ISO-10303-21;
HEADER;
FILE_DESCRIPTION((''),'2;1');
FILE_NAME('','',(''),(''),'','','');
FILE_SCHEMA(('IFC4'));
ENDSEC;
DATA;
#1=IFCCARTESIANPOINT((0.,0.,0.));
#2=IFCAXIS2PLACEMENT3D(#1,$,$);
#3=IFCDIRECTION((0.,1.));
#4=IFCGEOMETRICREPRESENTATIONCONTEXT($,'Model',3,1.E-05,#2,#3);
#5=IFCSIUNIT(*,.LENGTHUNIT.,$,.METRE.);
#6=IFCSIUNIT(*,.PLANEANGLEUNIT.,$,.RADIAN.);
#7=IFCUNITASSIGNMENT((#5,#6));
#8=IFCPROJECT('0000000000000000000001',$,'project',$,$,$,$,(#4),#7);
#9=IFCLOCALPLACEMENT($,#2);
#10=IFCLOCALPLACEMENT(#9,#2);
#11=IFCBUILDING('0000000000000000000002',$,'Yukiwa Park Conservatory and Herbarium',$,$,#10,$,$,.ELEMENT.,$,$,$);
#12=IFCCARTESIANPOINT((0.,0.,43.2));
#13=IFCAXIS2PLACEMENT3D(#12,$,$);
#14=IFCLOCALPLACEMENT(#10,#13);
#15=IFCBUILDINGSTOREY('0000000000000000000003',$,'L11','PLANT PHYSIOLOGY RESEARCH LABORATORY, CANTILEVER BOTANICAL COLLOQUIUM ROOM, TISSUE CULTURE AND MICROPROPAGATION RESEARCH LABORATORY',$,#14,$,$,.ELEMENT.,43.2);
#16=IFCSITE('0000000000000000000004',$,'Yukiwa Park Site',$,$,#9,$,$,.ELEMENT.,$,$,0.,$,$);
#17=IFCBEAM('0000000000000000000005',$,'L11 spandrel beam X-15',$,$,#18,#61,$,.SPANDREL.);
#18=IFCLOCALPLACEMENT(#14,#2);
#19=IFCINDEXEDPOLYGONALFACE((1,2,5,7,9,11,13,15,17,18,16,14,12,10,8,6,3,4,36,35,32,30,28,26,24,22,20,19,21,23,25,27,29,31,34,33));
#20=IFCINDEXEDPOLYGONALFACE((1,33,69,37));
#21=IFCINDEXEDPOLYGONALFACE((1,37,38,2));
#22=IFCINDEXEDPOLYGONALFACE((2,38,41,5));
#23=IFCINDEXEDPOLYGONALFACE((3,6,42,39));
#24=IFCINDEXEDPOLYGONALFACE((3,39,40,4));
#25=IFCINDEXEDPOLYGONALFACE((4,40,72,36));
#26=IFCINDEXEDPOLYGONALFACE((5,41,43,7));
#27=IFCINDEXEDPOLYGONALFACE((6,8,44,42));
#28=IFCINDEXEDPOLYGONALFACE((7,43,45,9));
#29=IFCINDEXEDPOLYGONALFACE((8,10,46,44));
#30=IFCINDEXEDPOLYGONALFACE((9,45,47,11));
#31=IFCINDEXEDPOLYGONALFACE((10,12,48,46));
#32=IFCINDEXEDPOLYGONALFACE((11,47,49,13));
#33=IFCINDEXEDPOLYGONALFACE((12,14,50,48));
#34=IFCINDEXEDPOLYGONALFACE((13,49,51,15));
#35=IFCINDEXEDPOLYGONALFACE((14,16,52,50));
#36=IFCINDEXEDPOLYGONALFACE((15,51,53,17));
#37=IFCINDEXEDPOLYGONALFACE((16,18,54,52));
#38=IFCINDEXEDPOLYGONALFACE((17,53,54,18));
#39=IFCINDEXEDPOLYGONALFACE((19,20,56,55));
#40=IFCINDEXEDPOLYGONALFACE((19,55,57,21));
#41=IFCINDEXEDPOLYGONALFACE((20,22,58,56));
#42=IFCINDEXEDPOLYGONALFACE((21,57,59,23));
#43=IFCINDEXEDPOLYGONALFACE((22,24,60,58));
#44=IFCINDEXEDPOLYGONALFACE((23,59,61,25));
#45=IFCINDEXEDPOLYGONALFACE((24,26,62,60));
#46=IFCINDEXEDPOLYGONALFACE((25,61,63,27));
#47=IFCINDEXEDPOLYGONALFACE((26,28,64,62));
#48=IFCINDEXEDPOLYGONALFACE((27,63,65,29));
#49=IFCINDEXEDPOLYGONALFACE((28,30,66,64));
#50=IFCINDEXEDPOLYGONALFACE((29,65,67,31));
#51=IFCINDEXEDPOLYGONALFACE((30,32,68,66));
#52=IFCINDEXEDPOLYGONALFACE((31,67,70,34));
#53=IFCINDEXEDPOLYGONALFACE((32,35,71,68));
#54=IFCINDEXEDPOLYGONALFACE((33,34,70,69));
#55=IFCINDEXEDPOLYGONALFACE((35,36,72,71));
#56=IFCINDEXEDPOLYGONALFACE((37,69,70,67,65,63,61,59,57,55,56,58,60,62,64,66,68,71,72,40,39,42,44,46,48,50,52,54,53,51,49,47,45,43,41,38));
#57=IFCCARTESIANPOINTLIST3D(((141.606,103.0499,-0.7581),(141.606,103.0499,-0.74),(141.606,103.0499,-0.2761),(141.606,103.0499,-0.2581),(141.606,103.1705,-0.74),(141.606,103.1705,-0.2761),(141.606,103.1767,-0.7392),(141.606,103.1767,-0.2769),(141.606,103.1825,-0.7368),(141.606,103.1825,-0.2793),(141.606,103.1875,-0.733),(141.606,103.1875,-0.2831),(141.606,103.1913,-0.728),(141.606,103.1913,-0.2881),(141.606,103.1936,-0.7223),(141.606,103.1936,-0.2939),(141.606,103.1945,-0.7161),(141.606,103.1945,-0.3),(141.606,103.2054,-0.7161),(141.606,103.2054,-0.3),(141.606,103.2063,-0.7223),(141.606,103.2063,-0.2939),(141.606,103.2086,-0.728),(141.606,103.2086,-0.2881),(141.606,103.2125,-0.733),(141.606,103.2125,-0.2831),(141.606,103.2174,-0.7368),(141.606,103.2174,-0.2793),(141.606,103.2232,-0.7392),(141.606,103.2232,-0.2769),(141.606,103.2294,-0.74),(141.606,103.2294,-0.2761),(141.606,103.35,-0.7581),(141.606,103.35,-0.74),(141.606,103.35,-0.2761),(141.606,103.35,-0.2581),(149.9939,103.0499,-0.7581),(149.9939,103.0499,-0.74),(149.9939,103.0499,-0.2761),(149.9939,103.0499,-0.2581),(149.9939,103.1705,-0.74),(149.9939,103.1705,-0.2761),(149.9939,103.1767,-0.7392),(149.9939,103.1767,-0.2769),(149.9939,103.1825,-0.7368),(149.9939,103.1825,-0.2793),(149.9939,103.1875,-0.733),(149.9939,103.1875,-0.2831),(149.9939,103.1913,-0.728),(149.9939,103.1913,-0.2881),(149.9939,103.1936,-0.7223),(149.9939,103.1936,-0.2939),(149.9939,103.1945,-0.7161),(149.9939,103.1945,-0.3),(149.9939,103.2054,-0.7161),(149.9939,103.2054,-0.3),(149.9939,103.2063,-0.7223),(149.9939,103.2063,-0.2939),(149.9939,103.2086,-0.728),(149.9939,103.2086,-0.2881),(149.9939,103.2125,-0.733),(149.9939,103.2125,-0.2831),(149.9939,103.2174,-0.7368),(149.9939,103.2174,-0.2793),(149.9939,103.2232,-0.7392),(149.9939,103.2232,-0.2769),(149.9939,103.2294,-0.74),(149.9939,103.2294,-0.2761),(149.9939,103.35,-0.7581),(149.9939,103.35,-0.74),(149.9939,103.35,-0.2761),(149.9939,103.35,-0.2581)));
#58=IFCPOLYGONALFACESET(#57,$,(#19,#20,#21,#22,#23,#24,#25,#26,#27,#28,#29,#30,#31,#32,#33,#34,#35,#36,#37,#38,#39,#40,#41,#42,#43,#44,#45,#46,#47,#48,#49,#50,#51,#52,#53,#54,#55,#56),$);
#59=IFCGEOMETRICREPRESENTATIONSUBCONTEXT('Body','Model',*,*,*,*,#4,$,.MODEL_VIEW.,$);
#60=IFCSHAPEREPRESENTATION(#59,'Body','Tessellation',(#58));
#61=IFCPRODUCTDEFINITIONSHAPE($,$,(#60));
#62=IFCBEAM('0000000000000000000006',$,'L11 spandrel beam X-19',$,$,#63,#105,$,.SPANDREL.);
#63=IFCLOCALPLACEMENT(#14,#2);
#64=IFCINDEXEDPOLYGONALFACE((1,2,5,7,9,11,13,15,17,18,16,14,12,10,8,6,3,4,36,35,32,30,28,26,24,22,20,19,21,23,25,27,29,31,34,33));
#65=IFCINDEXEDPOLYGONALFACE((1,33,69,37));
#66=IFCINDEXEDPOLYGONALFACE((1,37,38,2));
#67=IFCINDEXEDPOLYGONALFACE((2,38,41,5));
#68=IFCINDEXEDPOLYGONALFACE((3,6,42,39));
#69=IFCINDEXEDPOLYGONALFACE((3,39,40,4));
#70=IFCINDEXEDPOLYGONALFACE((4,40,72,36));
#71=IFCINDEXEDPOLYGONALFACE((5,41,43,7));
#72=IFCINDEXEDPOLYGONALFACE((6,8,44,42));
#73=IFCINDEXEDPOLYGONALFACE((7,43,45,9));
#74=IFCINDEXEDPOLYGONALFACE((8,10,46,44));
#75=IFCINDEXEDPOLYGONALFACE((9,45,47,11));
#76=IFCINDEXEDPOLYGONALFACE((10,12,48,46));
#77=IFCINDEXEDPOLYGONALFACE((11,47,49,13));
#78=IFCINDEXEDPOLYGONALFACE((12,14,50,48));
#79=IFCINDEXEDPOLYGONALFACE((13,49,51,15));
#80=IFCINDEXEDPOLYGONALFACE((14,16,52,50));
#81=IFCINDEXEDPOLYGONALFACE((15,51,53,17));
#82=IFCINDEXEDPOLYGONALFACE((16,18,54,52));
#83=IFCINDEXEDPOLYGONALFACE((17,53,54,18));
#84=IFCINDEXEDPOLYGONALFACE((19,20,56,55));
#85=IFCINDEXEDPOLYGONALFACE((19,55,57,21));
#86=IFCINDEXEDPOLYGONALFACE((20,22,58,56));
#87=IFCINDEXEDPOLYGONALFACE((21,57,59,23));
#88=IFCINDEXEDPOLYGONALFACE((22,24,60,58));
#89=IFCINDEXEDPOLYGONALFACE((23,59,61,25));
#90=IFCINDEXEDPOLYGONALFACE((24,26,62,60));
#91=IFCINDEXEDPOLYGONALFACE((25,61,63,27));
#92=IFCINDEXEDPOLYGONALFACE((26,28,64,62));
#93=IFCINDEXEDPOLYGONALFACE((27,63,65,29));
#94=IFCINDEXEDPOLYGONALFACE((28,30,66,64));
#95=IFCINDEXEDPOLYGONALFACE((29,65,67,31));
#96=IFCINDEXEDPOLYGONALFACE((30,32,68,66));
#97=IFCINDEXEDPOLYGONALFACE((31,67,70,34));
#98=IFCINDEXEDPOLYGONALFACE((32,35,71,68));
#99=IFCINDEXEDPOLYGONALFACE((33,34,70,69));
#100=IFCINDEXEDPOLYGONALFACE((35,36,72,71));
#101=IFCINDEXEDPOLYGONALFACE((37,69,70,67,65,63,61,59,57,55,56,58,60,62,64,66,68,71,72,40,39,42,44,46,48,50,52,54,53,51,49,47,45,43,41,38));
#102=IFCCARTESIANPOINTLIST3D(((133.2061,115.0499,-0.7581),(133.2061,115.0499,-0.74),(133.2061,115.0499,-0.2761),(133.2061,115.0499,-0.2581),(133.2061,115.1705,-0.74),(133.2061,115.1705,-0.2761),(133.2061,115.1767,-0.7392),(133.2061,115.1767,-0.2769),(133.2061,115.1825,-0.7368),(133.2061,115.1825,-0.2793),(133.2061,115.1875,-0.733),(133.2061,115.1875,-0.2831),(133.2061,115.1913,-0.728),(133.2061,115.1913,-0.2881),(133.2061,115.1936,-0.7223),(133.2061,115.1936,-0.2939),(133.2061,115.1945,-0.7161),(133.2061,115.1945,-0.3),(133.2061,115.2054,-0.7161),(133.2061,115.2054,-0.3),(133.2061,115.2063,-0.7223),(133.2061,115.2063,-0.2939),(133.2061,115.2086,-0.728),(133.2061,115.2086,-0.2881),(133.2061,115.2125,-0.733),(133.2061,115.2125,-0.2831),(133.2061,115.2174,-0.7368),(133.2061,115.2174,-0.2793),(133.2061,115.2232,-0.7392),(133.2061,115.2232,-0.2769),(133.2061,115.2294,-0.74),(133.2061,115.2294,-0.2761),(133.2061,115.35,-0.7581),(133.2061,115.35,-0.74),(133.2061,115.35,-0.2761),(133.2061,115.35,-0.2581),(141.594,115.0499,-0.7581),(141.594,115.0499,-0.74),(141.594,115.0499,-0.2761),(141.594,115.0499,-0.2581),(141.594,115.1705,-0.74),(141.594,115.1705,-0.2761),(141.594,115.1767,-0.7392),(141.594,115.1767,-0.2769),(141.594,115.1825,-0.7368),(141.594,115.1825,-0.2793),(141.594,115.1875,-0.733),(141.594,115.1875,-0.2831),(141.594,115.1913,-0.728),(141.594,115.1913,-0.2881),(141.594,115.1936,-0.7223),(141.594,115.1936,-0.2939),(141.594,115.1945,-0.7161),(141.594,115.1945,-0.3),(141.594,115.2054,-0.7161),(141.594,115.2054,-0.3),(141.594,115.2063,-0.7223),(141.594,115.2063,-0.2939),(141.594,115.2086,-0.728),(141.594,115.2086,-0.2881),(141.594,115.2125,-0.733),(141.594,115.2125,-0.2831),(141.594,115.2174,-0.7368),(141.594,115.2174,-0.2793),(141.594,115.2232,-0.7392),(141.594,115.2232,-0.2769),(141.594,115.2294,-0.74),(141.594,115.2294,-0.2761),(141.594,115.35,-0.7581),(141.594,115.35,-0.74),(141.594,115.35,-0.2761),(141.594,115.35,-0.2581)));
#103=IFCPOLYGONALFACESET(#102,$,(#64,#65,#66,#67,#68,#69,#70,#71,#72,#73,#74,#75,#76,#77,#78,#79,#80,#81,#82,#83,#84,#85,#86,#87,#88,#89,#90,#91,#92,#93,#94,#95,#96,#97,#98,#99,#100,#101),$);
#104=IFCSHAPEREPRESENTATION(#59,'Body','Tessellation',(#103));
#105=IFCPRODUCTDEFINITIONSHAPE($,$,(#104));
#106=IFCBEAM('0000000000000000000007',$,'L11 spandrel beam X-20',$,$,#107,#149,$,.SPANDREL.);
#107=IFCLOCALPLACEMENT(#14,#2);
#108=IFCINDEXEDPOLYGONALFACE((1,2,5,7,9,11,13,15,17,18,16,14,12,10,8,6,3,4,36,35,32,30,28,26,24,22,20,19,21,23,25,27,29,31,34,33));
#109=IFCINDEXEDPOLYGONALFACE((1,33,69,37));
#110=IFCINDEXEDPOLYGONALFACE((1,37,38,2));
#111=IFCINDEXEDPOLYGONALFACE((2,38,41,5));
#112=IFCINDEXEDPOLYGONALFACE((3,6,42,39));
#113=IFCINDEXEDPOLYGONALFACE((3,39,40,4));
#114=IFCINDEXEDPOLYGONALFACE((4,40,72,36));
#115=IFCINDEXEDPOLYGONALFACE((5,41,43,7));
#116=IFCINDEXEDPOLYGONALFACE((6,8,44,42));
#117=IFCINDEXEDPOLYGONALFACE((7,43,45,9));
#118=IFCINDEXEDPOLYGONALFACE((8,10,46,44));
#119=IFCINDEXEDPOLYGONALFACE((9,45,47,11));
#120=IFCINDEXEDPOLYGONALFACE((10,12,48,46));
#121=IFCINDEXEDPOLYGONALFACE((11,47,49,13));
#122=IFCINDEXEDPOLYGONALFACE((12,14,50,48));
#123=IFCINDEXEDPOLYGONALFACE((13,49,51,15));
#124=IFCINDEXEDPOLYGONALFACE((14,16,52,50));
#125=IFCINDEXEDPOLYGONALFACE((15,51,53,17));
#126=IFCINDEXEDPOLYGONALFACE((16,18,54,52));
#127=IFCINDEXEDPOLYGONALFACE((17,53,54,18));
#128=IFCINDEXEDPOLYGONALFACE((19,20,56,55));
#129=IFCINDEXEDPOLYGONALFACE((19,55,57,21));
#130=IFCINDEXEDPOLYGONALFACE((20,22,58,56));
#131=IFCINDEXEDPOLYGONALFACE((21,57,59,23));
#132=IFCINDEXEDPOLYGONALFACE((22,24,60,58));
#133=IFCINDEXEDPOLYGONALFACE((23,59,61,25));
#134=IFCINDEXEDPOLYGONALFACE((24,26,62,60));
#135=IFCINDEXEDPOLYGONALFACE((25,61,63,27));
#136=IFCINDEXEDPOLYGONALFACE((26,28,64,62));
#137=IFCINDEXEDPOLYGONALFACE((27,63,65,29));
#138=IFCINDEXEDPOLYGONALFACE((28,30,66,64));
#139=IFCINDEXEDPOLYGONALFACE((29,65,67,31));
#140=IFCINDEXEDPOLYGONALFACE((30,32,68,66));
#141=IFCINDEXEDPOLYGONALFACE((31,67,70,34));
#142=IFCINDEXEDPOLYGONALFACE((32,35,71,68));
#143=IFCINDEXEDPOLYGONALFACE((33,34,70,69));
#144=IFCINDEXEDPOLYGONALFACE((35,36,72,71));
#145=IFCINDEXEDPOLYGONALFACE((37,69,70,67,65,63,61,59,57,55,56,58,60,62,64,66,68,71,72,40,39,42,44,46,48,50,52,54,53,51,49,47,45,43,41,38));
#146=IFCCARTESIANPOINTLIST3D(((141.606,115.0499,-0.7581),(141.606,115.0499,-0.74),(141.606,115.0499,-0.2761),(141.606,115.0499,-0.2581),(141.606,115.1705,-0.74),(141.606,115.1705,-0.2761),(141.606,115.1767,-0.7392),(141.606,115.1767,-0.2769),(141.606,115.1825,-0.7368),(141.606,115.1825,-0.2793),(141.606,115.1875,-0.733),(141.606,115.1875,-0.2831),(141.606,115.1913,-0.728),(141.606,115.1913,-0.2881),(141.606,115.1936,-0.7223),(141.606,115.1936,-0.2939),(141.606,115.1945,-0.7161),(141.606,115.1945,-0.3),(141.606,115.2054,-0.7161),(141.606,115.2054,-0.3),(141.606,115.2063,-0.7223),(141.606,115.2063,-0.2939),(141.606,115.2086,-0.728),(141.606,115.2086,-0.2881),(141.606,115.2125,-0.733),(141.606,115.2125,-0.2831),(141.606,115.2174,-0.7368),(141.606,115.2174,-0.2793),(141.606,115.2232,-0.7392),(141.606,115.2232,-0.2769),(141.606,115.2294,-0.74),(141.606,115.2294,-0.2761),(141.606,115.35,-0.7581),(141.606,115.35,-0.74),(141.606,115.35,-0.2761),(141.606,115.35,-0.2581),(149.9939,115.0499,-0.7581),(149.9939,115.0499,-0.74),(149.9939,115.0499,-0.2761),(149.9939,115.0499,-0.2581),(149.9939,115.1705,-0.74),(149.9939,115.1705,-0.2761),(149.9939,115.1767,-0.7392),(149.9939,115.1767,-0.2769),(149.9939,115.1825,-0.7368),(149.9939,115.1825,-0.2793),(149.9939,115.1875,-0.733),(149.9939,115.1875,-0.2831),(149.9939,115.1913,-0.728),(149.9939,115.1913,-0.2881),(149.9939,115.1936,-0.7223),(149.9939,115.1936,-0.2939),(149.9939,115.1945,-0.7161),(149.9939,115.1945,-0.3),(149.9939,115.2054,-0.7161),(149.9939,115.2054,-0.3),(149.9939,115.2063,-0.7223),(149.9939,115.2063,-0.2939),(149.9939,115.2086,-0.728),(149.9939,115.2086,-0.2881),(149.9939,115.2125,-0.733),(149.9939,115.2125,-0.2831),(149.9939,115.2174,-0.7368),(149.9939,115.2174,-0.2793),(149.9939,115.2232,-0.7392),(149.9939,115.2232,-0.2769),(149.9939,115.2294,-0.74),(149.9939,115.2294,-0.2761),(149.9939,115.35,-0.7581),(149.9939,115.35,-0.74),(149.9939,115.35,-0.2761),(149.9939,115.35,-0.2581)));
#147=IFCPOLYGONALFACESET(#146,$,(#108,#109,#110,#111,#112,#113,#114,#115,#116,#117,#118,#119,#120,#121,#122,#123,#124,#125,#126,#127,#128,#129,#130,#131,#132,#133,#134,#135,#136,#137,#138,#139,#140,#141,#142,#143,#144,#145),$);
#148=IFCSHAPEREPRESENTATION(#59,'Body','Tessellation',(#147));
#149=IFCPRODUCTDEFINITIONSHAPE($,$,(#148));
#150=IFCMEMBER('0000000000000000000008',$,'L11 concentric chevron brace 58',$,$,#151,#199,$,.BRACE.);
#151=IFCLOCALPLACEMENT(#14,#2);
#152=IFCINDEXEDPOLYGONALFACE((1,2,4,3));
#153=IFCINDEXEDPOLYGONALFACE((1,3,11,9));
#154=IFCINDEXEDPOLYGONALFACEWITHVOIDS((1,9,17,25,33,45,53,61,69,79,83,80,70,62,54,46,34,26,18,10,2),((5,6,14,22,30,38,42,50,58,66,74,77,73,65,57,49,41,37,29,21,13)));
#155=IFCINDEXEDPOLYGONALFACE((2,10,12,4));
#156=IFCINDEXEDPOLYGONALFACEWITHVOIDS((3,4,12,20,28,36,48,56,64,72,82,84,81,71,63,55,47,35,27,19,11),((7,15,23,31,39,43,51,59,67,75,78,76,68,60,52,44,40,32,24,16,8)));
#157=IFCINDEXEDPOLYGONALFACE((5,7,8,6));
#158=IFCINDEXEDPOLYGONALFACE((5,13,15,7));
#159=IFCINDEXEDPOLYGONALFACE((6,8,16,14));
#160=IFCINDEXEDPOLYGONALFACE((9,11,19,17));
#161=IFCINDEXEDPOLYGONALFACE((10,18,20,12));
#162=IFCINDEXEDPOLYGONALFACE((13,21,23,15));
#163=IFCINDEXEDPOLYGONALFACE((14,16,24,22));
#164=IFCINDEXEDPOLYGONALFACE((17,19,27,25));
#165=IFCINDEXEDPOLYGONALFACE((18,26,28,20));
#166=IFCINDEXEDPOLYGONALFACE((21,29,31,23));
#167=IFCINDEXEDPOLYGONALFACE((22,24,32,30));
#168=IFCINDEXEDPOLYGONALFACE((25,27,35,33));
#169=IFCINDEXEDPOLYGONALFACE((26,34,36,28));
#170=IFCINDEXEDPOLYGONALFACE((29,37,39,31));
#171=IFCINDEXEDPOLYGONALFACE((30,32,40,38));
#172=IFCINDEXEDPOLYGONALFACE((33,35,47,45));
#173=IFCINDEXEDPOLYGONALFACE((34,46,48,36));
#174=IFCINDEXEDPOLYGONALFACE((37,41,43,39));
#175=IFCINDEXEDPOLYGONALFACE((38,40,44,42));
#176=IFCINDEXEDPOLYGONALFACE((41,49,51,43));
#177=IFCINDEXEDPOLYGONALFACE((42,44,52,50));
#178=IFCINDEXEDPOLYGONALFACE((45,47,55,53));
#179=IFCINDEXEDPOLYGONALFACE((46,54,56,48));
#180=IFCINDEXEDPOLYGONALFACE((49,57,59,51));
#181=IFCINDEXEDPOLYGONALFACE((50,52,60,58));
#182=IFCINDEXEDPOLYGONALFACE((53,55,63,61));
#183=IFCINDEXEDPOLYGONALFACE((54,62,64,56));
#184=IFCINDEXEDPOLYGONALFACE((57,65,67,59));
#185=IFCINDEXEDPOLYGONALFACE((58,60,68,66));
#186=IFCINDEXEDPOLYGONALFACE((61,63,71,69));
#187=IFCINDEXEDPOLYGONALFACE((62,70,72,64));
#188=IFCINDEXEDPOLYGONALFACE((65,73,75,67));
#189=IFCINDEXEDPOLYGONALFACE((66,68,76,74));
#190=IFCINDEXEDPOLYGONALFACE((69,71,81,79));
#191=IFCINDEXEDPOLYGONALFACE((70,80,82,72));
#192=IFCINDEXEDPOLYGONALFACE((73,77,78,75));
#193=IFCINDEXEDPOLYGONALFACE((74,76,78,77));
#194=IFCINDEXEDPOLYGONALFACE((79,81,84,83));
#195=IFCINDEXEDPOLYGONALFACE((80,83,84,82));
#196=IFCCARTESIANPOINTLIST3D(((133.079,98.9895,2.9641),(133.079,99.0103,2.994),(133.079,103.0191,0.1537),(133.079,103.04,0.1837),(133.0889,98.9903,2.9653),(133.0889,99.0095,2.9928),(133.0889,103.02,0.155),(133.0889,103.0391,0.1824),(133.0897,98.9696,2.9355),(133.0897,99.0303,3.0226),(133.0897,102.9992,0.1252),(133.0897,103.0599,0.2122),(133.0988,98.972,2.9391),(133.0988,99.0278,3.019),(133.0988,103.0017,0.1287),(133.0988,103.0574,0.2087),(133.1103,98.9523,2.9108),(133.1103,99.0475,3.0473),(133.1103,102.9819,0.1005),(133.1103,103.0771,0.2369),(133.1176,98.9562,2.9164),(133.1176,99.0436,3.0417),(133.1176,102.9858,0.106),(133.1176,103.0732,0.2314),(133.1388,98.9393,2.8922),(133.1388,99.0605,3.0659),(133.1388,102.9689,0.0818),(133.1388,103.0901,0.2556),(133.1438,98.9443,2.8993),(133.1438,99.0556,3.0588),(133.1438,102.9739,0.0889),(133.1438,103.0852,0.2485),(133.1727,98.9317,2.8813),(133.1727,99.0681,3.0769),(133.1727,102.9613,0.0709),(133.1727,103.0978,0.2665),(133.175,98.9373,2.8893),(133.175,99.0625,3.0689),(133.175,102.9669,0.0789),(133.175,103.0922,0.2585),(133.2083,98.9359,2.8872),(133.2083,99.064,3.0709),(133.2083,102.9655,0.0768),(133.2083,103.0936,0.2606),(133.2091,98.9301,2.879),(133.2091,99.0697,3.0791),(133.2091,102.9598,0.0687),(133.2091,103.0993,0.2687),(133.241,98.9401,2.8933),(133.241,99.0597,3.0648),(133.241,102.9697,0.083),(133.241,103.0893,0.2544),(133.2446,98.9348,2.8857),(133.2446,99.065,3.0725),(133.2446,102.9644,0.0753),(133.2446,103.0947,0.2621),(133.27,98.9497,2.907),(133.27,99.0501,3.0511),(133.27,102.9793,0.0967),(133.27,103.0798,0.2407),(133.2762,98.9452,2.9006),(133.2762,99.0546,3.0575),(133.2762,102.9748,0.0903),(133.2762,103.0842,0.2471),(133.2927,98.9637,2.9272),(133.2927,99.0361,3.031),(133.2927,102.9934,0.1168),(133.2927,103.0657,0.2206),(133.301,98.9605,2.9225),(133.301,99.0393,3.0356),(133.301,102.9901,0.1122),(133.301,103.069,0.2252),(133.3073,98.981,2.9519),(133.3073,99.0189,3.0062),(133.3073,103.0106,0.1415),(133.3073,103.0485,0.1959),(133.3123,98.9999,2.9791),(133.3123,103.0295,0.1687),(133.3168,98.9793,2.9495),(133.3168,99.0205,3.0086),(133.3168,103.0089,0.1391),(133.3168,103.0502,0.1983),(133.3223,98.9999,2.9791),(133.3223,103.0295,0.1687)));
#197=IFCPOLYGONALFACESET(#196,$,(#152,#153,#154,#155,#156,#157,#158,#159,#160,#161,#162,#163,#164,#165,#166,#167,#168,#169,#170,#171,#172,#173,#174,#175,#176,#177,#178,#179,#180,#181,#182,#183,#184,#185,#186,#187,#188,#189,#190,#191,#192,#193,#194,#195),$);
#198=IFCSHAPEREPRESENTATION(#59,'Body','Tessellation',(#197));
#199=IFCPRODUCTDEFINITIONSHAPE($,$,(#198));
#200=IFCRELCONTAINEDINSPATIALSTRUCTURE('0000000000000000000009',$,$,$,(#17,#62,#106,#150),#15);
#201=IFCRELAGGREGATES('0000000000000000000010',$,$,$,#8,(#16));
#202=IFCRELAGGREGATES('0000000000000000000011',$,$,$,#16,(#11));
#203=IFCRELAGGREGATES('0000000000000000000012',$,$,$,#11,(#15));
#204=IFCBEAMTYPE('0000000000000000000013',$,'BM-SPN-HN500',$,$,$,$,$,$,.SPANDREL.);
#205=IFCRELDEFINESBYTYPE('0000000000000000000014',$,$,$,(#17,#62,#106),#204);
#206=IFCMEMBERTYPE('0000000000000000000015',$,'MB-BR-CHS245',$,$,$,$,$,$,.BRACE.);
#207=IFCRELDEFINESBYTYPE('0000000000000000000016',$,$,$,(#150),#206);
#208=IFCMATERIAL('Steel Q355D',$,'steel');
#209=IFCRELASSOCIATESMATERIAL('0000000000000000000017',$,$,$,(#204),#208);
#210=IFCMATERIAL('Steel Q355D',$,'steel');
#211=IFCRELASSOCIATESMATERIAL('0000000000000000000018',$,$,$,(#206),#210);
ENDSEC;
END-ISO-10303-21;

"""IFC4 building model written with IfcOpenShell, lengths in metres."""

from ifc_helpers import new_model, si_unit, direction, frame, origin, origin_2d, place, context, subcontext, project, spatial, hollow_circle, i_section, extrude, material, material_profile, profile_set, type_object, element, save


model = new_model("IFC4")

# Units and contexts
model_context = context("Model", 3, precision=1e-05, world=origin(), true_north=direction((0.0, 1.0)))
body_context = subcontext(model_context, "Body", "Model", "MODEL_VIEW")
ifc_project = project(units=[si_unit("LENGTHUNIT", "METRE"), si_unit("PLANEANGLEUNIT", "RADIAN")], contexts=[model_context])

# Site, building, storey
site_placement = place(None, origin())
site = spatial("IfcSite", under=ifc_project, at=site_placement, Name="Yukiwa Park Site", CompositionType="ELEMENT", RefElevation=0.0)
building_placement = place(site_placement, origin())
building = spatial("IfcBuilding", under=site, at=building_placement, Name="Yukiwa Park Conservatory and Herbarium", CompositionType="ELEMENT")
storey_placement = place(building_placement, frame((0.0, 0.0, 43.2)))
storey = spatial("IfcBuildingStorey", under=building, at=storey_placement, Name="L11", Description="PLANT PHYSIOLOGY RESEARCH LABORATORY, CANTILEVER BOTANICAL COLLOQUIUM ROOM, TISSUE CULTURE AND MICROPROPAGATION RESEARCH LABORATORY", CompositionType="ELEMENT", Elevation=43.2)

# Beams
ifc_material_1 = material(Name="Steel Q355D", Category="steel")
ifc_material_profile_1 = material_profile(ifc_material_1, i_section(OverallWidth=0.3, OverallDepth=0.5, WebThickness=0.011, FlangeThickness=0.0181, FilletRadius=0.0239, at=origin_2d()), Name="HM 500x300x11x18")
ifc_profile_set_1 = profile_set([ifc_material_profile_1], Name="Steel Q355D")
beam_type_1 = type_object("IfcBeamType", Name="BM-SPN-HN500", PredefinedType="SPANDREL", material=ifc_profile_set_1)
for number, where, z_axis, x_axis, name in (
    (1, (141.606, 103.2, -0.5081), (1.0, 0.0, 0.0), (0.0, 1.0, 0.0), "L11 spandrel beam X-15"),
    (2, (133.2061, 115.2, -0.5081), (1.0, 0.0, 0.0), (0.0, 1.0, 0.0), "L11 spandrel beam X-19"),
    (3, (141.606, 115.2, -0.5081), (1.0, 0.0, 0.0), (0.0, 1.0, 0.0), "L11 spandrel beam X-20"),
):
    element("IfcBeam", number, at=place(storey_placement, frame(where, z_axis=z_axis, x_axis=x_axis)), inside=storey, type_object=beam_type_1, Name=name, PredefinedType="SPANDREL", context=body_context, shape_type="SweptSolid", body=[
        extrude(i_section(OverallWidth=0.3, OverallDepth=0.5, WebThickness=0.011, FlangeThickness=0.0181, FilletRadius=0.0239, at=origin_2d()), origin(), (0.0, 0.0, 1.0), 8.3879),
    ])

# Member
ifc_material_2 = material(Name="Steel Q355D", Category="steel")
ifc_material_profile_2 = material_profile(ifc_material_2, hollow_circle(Radius=0.1223, WallThickness=0.01, at=origin_2d()), Name="CHS 244.5x10")
ifc_profile_set_2 = profile_set([ifc_material_profile_2], Name="Steel Q355D")
member_type = type_object("IfcMemberType", Name="MB-BR-CHS245", PredefinedType="BRACE", material=ifc_profile_set_2)
member_placement = place(storey_placement, frame((133.2, 103.0295, 0.1687), z_axis=(0.0, -0.820223, 0.572044), x_axis=(1.0, 0.0, 0.0)))
element("IfcMember", 4, at=member_placement, inside=storey, type_object=member_type, Name="L11 concentric chevron brace 58", PredefinedType="BRACE", context=body_context, shape_type="SweptSolid", body=[
    extrude(hollow_circle(Radius=0.1223, WallThickness=0.01, at=origin_2d()), origin(), (0.0, 0.0, 1.0), 4.9128),
])

save(model, "model.ifc")
